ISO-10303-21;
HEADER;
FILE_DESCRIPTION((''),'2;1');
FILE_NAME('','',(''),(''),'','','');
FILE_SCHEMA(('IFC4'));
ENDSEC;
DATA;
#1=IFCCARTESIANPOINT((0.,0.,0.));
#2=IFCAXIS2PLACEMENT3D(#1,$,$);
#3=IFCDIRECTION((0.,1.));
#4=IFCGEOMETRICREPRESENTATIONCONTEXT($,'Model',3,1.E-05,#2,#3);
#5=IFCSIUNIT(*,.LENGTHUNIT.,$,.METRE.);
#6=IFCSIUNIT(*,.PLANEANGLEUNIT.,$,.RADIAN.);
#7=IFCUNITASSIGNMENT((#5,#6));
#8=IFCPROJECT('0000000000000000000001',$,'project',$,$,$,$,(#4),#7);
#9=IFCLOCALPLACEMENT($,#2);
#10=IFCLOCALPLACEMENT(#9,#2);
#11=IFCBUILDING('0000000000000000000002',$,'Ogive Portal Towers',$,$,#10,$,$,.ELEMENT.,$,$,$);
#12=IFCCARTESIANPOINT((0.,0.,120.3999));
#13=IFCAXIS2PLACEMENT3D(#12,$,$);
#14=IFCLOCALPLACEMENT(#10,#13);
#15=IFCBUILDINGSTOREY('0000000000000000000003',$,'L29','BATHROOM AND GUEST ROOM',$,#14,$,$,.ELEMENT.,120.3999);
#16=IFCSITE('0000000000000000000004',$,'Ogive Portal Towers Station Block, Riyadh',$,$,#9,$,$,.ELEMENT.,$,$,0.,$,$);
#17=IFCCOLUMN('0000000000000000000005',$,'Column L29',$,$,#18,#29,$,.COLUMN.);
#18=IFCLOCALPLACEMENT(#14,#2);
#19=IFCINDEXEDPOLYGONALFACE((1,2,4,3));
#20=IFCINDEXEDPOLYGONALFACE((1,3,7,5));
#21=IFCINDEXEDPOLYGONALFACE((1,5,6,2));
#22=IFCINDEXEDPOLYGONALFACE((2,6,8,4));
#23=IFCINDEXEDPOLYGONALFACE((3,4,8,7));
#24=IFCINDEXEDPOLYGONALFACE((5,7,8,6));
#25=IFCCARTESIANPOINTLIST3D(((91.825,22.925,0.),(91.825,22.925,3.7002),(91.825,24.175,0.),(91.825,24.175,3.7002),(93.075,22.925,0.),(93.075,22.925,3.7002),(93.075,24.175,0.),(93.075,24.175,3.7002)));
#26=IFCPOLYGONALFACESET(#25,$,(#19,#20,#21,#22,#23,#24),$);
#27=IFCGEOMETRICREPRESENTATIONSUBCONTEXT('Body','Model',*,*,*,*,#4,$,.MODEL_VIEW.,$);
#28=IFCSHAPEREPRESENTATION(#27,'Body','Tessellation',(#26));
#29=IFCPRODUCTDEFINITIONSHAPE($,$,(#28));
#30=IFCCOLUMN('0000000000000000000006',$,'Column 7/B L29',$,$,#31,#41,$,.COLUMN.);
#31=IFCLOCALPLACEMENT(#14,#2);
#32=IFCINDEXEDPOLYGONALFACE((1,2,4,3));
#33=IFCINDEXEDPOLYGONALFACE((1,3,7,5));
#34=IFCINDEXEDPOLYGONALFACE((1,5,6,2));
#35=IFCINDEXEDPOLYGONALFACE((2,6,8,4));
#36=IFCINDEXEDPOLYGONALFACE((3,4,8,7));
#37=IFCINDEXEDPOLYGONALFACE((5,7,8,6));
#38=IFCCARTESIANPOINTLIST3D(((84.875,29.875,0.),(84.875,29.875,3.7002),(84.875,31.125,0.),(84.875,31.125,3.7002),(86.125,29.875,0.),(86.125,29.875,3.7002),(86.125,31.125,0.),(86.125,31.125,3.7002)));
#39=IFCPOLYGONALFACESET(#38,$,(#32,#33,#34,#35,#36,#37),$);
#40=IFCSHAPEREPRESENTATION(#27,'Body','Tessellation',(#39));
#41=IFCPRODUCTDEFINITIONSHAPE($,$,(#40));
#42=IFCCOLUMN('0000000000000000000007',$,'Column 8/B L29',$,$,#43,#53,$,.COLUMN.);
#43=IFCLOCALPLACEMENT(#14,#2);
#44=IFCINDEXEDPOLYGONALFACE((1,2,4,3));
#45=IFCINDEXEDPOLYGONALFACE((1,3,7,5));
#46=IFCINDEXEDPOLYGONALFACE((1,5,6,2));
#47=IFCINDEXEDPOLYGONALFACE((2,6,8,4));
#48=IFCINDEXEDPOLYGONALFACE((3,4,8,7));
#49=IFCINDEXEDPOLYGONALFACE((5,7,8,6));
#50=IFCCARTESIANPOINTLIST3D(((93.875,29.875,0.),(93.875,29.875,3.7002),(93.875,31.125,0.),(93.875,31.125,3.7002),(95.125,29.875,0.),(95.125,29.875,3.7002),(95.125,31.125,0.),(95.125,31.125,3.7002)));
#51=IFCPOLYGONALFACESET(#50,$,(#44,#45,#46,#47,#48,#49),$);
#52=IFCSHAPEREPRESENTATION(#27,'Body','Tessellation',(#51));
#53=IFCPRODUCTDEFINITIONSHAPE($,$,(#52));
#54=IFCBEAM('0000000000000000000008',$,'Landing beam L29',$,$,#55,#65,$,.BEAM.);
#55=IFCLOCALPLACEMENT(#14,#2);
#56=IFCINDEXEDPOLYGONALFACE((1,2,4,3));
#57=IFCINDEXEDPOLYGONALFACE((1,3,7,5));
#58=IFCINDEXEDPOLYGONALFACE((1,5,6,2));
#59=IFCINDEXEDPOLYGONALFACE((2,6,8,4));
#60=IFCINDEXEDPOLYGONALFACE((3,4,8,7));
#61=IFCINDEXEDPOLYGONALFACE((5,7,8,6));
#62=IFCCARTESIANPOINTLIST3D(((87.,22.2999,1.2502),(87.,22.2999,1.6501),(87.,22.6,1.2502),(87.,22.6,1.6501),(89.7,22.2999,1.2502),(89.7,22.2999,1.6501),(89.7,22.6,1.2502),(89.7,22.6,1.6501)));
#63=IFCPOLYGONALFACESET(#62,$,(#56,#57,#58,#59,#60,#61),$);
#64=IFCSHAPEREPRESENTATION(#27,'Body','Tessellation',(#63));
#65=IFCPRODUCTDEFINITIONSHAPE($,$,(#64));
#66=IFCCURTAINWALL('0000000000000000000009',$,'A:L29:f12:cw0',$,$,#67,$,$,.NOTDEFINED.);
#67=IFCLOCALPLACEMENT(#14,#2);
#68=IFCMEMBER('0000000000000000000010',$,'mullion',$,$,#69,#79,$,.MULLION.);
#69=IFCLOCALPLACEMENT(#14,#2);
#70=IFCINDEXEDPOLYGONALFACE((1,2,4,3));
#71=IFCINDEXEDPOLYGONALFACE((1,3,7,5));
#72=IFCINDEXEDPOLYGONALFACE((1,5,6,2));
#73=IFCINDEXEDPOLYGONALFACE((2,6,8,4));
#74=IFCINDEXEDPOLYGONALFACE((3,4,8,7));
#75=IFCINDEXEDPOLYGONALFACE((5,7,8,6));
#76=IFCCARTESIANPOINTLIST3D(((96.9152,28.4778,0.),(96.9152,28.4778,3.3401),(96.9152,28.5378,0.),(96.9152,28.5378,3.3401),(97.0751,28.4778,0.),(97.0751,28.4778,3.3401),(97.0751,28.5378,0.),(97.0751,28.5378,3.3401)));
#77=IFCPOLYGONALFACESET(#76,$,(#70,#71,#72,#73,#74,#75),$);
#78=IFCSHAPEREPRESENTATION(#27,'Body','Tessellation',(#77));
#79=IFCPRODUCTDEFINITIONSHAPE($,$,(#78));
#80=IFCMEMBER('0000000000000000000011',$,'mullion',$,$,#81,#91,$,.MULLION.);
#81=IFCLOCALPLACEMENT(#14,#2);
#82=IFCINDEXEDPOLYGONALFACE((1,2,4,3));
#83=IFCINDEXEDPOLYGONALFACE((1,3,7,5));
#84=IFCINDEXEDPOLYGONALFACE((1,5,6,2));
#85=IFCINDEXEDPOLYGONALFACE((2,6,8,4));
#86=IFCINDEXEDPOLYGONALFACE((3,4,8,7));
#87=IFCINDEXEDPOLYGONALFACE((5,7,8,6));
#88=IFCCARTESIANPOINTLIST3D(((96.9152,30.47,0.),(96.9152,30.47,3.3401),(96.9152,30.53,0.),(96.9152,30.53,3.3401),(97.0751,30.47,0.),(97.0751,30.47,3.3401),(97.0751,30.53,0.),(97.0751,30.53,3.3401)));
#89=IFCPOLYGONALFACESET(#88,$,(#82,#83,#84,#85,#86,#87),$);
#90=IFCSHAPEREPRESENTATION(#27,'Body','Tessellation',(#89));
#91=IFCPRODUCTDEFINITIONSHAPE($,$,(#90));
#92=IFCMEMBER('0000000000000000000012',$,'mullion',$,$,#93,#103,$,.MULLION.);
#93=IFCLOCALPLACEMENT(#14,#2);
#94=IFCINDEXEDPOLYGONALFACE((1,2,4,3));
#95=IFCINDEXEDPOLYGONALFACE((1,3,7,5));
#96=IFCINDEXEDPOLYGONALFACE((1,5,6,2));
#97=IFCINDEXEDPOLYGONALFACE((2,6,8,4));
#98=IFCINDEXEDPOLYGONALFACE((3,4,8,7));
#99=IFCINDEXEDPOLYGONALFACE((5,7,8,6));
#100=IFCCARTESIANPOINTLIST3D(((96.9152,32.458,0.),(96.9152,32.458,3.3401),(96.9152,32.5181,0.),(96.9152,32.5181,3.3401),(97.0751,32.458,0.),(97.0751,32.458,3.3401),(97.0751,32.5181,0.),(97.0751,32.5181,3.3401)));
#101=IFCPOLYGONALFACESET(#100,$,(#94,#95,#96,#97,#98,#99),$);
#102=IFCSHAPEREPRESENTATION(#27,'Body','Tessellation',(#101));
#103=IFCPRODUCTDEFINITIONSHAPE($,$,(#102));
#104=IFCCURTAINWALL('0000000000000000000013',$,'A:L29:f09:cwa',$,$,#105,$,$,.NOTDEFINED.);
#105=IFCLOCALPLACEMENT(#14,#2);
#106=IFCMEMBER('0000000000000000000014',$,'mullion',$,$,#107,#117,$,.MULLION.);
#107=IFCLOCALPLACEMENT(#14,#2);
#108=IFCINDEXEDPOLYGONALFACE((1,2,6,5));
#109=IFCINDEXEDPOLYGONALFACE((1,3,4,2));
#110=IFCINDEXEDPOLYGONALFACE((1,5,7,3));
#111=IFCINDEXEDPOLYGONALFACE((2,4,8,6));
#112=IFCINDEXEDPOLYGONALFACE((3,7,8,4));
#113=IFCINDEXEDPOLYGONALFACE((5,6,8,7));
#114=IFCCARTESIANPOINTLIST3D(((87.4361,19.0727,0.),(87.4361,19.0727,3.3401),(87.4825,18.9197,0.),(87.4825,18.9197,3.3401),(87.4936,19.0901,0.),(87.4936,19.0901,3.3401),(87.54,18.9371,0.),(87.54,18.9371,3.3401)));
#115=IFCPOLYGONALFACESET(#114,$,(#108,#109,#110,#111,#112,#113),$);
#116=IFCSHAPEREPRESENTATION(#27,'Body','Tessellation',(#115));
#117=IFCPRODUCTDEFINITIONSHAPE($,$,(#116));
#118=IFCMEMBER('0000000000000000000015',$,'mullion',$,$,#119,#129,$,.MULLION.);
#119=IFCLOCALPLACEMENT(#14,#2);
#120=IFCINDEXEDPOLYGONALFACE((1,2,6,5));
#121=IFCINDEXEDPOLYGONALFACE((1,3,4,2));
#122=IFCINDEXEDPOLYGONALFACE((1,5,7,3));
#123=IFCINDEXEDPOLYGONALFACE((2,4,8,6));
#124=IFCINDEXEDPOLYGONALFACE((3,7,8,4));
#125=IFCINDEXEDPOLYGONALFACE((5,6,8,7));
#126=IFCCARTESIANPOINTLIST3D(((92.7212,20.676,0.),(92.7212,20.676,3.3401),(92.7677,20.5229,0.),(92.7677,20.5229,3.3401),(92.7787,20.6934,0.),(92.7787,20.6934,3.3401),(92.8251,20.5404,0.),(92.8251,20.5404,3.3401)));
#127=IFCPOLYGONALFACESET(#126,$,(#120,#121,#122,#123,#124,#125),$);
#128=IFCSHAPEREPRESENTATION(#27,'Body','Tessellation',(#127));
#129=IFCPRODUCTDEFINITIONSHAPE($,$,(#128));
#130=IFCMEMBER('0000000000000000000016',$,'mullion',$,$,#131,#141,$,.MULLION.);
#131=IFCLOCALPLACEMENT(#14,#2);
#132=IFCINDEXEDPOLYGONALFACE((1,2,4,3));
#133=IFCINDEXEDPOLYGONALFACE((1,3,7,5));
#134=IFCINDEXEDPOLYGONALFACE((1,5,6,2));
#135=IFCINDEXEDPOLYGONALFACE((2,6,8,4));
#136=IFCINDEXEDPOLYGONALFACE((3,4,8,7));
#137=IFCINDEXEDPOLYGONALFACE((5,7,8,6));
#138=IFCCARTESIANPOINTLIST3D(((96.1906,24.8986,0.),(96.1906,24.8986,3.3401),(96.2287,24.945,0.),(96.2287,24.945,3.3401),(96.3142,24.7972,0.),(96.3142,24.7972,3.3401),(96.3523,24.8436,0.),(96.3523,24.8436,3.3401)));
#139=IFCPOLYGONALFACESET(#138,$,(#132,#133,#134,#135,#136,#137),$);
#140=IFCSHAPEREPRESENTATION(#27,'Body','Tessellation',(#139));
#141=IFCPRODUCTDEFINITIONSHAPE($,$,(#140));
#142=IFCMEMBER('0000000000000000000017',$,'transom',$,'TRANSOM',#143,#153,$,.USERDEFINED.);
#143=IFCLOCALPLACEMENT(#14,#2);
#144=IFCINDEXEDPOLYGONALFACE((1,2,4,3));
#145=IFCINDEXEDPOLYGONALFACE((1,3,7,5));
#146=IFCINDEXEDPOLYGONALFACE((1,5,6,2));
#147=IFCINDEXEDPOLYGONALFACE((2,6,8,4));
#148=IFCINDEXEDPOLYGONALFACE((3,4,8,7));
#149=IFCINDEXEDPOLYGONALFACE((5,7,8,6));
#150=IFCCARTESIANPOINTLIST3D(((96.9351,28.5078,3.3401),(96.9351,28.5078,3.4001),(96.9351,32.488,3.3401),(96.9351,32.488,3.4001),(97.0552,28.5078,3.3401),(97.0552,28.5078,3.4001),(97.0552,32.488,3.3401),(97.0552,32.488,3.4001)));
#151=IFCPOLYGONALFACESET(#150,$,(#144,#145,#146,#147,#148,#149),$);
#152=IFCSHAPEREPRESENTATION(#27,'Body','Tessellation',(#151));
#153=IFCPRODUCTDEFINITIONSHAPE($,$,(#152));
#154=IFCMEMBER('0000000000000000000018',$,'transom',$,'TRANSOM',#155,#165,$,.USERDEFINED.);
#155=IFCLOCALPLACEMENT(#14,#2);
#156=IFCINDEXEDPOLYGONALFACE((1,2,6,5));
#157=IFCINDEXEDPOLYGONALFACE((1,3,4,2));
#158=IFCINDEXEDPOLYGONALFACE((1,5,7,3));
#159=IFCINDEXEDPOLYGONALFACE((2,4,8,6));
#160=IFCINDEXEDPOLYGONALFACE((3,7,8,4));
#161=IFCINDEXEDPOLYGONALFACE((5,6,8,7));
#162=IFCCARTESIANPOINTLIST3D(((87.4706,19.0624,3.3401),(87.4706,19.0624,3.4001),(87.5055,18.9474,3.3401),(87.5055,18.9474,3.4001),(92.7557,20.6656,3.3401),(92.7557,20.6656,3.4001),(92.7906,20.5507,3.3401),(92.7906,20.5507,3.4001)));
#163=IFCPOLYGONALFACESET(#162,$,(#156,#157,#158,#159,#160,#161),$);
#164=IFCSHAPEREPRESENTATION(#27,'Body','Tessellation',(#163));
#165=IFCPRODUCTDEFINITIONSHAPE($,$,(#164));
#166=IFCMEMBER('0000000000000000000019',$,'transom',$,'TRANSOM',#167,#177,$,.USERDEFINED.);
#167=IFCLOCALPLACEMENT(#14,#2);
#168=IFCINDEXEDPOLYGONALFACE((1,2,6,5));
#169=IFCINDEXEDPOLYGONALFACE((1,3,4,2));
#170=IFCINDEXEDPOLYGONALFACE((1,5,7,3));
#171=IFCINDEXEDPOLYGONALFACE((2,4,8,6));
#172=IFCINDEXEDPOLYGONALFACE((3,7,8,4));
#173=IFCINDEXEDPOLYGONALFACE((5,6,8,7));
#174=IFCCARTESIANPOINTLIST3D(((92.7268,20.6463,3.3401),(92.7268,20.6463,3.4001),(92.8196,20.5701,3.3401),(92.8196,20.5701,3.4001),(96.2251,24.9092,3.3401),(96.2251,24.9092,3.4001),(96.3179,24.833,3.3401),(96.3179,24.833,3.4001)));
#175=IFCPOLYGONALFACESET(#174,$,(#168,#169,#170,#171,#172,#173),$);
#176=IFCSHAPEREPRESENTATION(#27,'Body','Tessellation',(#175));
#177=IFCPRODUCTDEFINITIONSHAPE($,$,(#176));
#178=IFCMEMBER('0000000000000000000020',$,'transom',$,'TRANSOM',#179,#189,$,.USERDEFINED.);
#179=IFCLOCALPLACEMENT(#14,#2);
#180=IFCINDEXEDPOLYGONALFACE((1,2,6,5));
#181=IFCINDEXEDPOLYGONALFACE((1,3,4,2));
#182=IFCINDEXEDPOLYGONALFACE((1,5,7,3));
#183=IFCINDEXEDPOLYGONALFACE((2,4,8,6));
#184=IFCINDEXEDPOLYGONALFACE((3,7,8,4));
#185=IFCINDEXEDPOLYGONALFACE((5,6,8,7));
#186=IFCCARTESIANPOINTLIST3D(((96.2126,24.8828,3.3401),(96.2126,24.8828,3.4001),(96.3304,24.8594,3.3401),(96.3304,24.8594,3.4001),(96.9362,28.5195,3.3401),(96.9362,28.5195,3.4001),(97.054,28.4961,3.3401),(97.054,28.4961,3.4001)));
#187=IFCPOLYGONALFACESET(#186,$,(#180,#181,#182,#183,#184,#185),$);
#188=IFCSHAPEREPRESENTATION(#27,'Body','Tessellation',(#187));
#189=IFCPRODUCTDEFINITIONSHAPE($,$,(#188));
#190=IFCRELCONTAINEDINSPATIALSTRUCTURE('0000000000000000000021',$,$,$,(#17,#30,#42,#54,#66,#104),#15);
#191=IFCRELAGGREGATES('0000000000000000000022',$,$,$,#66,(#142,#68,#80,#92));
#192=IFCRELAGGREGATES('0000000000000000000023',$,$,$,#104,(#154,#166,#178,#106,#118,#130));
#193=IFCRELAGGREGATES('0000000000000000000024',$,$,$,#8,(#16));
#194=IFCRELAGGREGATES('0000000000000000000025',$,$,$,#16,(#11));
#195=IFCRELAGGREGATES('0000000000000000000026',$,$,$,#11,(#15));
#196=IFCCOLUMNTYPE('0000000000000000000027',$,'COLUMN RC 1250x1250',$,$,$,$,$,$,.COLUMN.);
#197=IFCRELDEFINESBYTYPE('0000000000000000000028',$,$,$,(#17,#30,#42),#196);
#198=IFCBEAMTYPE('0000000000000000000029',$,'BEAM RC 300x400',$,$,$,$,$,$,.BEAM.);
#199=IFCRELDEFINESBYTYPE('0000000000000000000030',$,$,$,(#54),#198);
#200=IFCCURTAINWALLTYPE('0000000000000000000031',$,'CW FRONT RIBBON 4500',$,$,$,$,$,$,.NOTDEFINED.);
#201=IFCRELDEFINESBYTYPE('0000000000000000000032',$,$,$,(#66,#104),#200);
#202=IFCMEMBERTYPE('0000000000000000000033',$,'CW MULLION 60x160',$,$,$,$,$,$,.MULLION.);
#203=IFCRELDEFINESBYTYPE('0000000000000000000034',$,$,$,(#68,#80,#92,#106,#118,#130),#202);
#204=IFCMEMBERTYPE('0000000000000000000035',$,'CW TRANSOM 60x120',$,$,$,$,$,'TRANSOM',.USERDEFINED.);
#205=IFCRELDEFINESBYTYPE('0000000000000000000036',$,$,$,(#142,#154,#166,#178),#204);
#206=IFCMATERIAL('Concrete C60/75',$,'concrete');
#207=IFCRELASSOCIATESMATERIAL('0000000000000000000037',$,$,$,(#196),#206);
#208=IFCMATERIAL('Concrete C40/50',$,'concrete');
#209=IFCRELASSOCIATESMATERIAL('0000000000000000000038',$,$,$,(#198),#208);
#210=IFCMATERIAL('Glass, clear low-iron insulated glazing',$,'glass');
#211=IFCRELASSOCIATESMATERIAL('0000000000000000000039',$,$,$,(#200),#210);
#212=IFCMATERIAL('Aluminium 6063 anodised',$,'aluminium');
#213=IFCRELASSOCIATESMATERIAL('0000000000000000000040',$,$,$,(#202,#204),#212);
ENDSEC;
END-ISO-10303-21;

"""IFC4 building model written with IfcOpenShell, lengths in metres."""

from ifc_helpers import new_model, si_unit, direction, frame, origin, origin_2d, place, context, subcontext, project, spatial, rectangle, extrude, material, material_profile, profile_set, type_object, element, aggregate, save


model = new_model("IFC4")

# Units and contexts
model_context = context("Model", 3, precision=1e-05, world=origin(), true_north=direction((0.0, 1.0)))
body_context = subcontext(model_context, "Body", "Model", "MODEL_VIEW")
ifc_project = project(units=[si_unit("LENGTHUNIT", "METRE"), si_unit("PLANEANGLEUNIT", "RADIAN")], contexts=[model_context])

# Site, building, storey
site_placement = place(None, origin())
site = spatial("IfcSite", under=ifc_project, at=site_placement, Name="Ogive Portal Towers Station Block, Riyadh", CompositionType="ELEMENT", RefElevation=0.0)
building_placement = place(site_placement, origin())
building = spatial("IfcBuilding", under=site, at=building_placement, Name="Ogive Portal Towers", CompositionType="ELEMENT")
storey_placement = place(building_placement, frame((0.0, 0.0, 120.3999)))
storey = spatial("IfcBuildingStorey", under=building, at=storey_placement, Name="L29", Description="BATHROOM AND GUEST ROOM", CompositionType="ELEMENT", Elevation=120.3999)

# Columns
ifc_material_1 = material(Name="Concrete C60/75", Category="concrete")
ifc_material_profile_1 = material_profile(ifc_material_1, rectangle(XDim=1.25, YDim=1.25, at=origin_2d()), Name="RC 1250x1250")
ifc_profile_set_1 = profile_set([ifc_material_profile_1], Name="Concrete C60/75")
column_type = type_object("IfcColumnType", Name="COLUMN RC 1250x1250", PredefinedType="COLUMN", material=ifc_profile_set_1)
for number, where, z_axis, x_axis, name in (
    (1, (92.45, 23.55, 0.0), (0.0, 0.0, 1.0), (1.0, 0.0, 0.0), "Column L29"),
    (2, (85.5, 30.5, 0.0), (0.0, 0.0, 1.0), (1.0, 0.0, 0.0), "Column 7/B L29"),
    (3, (94.5, 30.5, 0.0), (0.0, 0.0, 1.0), (1.0, 0.0, 0.0), "Column 8/B L29"),
):
    element("IfcColumn", number, at=place(storey_placement, frame(where, z_axis=z_axis, x_axis=x_axis)), inside=storey, type_object=column_type, Name=name, PredefinedType="COLUMN", context=body_context, shape_type="SweptSolid", body=[
        extrude(rectangle(XDim=1.25, YDim=1.25, at=origin_2d()), origin(), (0.0, 0.0, 1.0), 3.7002),
    ])

# Beam
ifc_material_2 = material(Name="Concrete C40/50", Category="concrete")
ifc_material_profile_2 = material_profile(ifc_material_2, rectangle(XDim=0.3, YDim=0.3999, at=origin_2d()), Name="RC 300x400")
ifc_profile_set_2 = profile_set([ifc_material_profile_2], Name="Concrete C40/50")
beam_type = type_object("IfcBeamType", Name="BEAM RC 300x400", PredefinedType="BEAM", material=ifc_profile_set_2)
beam_placement = place(storey_placement, frame((87.0, 22.45, 1.4502), z_axis=(1.0, 0.0, 0.0), x_axis=(0.0, 1.0, 0.0)))
element("IfcBeam", 4, at=beam_placement, inside=storey, type_object=beam_type, Name="Landing beam L29", PredefinedType="BEAM", context=body_context, shape_type="SweptSolid", body=[
    extrude(rectangle(XDim=0.3, YDim=0.3999, at=origin_2d()), origin(), (0.0, 0.0, 1.0), 2.7),
])

# Curtain walls, members
ifc_material_3 = material(Name="Glass, clear low-iron insulated glazing", Category="glass")
curtain_wall_type = type_object("IfcCurtainWallType", Name="CW FRONT RIBBON 4500", PredefinedType="NOTDEFINED", material=ifc_material_3)
curtain_wall_1_placement = place(storey_placement, origin())
curtain_wall_1 = element("IfcCurtainWall", 5, at=curtain_wall_1_placement, inside=storey, type_object=curtain_wall_type, Name="A:L29:f12:cw0", PredefinedType="NOTDEFINED")
ifc_material_4 = material(Name="Aluminium 6063 anodised", Category="aluminium")
ifc_material_profile_3 = material_profile(ifc_material_4, rectangle(XDim=0.1599, YDim=0.0601, at=origin_2d()), Name="AL 60x160")
ifc_profile_set_3 = profile_set([ifc_material_profile_3], Name="Aluminium 6063 anodised")
member_type_1 = type_object("IfcMemberType", Name="CW MULLION 60x160", PredefinedType="MULLION", material=ifc_profile_set_3)
member_1_placement = place(storey_placement, frame((96.9951, 28.5078, 0.0), z_axis=(0.0, 0.0, 1.0), x_axis=(-1.0, 0.0, 0.0)))
member_1 = element("IfcMember", 6, at=member_1_placement, type_object=member_type_1, Name="mullion", PredefinedType="MULLION", context=body_context, shape_type="SweptSolid", body=[
    extrude(rectangle(XDim=0.1599, YDim=0.0601, at=origin_2d()), origin(), (0.0, 0.0, 1.0), 3.3401),
])
member_2_placement = place(storey_placement, frame((96.9951, 30.5, 0.0), z_axis=(0.0, 0.0, 1.0), x_axis=(-1.0, 0.0, 0.0)))
member_2 = element("IfcMember", 7, at=member_2_placement, type_object=member_type_1, Name="mullion", PredefinedType="MULLION", context=body_context, shape_type="SweptSolid", body=[
    extrude(rectangle(XDim=0.1599, YDim=0.0601, at=origin_2d()), origin(), (0.0, 0.0, 1.0), 3.3401),
])
member_3_placement = place(storey_placement, frame((96.9951, 32.488, 0.0), z_axis=(0.0, 0.0, 1.0), x_axis=(-1.0, 0.0, 0.0)))
member_3 = element("IfcMember", 8, at=member_3_placement, type_object=member_type_1, Name="mullion", PredefinedType="MULLION", context=body_context, shape_type="SweptSolid", body=[
    extrude(rectangle(XDim=0.1599, YDim=0.0601, at=origin_2d()), origin(), (0.0, 0.0, 1.0), 3.3401),
])
curtain_wall_2_placement = place(storey_placement, origin())
curtain_wall_2 = element("IfcCurtainWall", 9, at=curtain_wall_2_placement, inside=storey, type_object=curtain_wall_type, Name="A:L29:f09:cwa", PredefinedType="NOTDEFINED")
member_4_placement = place(storey_placement, frame((87.488, 19.0049, 0.0), z_axis=(0.0, 0.0, 1.0), x_axis=(-0.290285, 0.95694, 0.0)))
member_4 = element("IfcMember", 10, at=member_4_placement, type_object=member_type_1, Name="mullion", PredefinedType="MULLION", context=body_context, shape_type="SweptSolid", body=[
    extrude(rectangle(XDim=0.1599, YDim=0.0601, at=origin_2d()), origin(), (0.0, 0.0, 1.0), 3.3401),
])
member_5_placement = place(storey_placement, frame((92.7732, 20.6082, 0.0), z_axis=(0.0, 0.0, 1.0), x_axis=(-0.290285, 0.95694, 0.0)))
member_5 = element("IfcMember", 11, at=member_5_placement, type_object=member_type_1, Name="mullion", PredefinedType="MULLION", context=body_context, shape_type="SweptSolid", body=[
    extrude(rectangle(XDim=0.1599, YDim=0.0601, at=origin_2d()), origin(), (0.0, 0.0, 1.0), 3.3401),
])
member_6_placement = place(storey_placement, frame((96.2715, 24.8711, 0.0), z_axis=(0.0, 0.0, 1.0), x_axis=(-0.77301, 0.634393, 0.0)))
member_6 = element("IfcMember", 12, at=member_6_placement, type_object=member_type_1, Name="mullion", PredefinedType="MULLION", context=body_context, shape_type="SweptSolid", body=[
    extrude(rectangle(XDim=0.1599, YDim=0.0601, at=origin_2d()), origin(), (0.0, 0.0, 1.0), 3.3401),
])

# Members
ifc_material_profile_4 = material_profile(ifc_material_4, rectangle(XDim=0.1201, YDim=0.0601, at=origin_2d()), Name="AL 120x60")
ifc_profile_set_4 = profile_set([ifc_material_profile_4], Name="Aluminium 6063 anodised")
member_type_2 = type_object("IfcMemberType", Name="CW TRANSOM 60x120", ElementType="TRANSOM", PredefinedType="USERDEFINED", material=ifc_profile_set_4)
member_7_placement = place(storey_placement, frame((96.9951, 28.5078, 3.3701), z_axis=(0.0, 1.0, 0.0), x_axis=(-1.0, 0.0, 0.0)))
member_7 = element("IfcMember", 13, at=member_7_placement, type_object=member_type_2, Name="transom", ObjectType="TRANSOM", PredefinedType="USERDEFINED", context=body_context, shape_type="SweptSolid", body=[
    extrude(rectangle(XDim=0.1201, YDim=0.0601, at=origin_2d()), origin(), (0.0, 0.0, 1.0), 3.9802),
])
member_8_placement = place(storey_placement, frame((87.488, 19.0049, 3.3701), z_axis=(0.956938, 0.290291, 0.0), x_axis=(-0.290291, 0.956938, 0.0)))
member_8 = element("IfcMember", 14, at=member_8_placement, type_object=member_type_2, Name="transom", ObjectType="TRANSOM", PredefinedType="USERDEFINED", context=body_context, shape_type="SweptSolid", body=[
    extrude(rectangle(XDim=0.1201, YDim=0.0601, at=origin_2d()), origin(), (0.0, 0.0, 1.0), 5.5229),
])
member_9_placement = place(storey_placement, frame((92.7732, 20.6082, 3.3701), z_axis=(0.63437, 0.773029, 0.0), x_axis=(-0.773029, 0.63437, 0.0)))
member_9 = element("IfcMember", 15, at=member_9_placement, type_object=member_type_2, Name="transom", ObjectType="TRANSOM", PredefinedType="USERDEFINED", context=body_context, shape_type="SweptSolid", body=[
    extrude(rectangle(XDim=0.1201, YDim=0.0601, at=origin_2d()), origin(), (0.0, 0.0, 1.0), 5.5146),
])
member_10_placement = place(storey_placement, frame((96.2715, 24.8711, 3.3701), z_axis=(0.195154, 0.980773, 0.0), x_axis=(-0.980773, 0.195154, 0.0)))
member_10 = element("IfcMember", 16, at=member_10_placement, type_object=member_type_2, Name="transom", ObjectType="TRANSOM", PredefinedType="USERDEFINED", context=body_context, shape_type="SweptSolid", body=[
    extrude(rectangle(XDim=0.1201, YDim=0.0601, at=origin_2d()), origin(), (0.0, 0.0, 1.0), 3.708),
])

aggregate(curtain_wall_1, [member_7, member_1, member_2, member_3])
aggregate(curtain_wall_2, [member_8, member_9, member_10, member_4, member_5, member_6])

save(model, "model.ifc")
